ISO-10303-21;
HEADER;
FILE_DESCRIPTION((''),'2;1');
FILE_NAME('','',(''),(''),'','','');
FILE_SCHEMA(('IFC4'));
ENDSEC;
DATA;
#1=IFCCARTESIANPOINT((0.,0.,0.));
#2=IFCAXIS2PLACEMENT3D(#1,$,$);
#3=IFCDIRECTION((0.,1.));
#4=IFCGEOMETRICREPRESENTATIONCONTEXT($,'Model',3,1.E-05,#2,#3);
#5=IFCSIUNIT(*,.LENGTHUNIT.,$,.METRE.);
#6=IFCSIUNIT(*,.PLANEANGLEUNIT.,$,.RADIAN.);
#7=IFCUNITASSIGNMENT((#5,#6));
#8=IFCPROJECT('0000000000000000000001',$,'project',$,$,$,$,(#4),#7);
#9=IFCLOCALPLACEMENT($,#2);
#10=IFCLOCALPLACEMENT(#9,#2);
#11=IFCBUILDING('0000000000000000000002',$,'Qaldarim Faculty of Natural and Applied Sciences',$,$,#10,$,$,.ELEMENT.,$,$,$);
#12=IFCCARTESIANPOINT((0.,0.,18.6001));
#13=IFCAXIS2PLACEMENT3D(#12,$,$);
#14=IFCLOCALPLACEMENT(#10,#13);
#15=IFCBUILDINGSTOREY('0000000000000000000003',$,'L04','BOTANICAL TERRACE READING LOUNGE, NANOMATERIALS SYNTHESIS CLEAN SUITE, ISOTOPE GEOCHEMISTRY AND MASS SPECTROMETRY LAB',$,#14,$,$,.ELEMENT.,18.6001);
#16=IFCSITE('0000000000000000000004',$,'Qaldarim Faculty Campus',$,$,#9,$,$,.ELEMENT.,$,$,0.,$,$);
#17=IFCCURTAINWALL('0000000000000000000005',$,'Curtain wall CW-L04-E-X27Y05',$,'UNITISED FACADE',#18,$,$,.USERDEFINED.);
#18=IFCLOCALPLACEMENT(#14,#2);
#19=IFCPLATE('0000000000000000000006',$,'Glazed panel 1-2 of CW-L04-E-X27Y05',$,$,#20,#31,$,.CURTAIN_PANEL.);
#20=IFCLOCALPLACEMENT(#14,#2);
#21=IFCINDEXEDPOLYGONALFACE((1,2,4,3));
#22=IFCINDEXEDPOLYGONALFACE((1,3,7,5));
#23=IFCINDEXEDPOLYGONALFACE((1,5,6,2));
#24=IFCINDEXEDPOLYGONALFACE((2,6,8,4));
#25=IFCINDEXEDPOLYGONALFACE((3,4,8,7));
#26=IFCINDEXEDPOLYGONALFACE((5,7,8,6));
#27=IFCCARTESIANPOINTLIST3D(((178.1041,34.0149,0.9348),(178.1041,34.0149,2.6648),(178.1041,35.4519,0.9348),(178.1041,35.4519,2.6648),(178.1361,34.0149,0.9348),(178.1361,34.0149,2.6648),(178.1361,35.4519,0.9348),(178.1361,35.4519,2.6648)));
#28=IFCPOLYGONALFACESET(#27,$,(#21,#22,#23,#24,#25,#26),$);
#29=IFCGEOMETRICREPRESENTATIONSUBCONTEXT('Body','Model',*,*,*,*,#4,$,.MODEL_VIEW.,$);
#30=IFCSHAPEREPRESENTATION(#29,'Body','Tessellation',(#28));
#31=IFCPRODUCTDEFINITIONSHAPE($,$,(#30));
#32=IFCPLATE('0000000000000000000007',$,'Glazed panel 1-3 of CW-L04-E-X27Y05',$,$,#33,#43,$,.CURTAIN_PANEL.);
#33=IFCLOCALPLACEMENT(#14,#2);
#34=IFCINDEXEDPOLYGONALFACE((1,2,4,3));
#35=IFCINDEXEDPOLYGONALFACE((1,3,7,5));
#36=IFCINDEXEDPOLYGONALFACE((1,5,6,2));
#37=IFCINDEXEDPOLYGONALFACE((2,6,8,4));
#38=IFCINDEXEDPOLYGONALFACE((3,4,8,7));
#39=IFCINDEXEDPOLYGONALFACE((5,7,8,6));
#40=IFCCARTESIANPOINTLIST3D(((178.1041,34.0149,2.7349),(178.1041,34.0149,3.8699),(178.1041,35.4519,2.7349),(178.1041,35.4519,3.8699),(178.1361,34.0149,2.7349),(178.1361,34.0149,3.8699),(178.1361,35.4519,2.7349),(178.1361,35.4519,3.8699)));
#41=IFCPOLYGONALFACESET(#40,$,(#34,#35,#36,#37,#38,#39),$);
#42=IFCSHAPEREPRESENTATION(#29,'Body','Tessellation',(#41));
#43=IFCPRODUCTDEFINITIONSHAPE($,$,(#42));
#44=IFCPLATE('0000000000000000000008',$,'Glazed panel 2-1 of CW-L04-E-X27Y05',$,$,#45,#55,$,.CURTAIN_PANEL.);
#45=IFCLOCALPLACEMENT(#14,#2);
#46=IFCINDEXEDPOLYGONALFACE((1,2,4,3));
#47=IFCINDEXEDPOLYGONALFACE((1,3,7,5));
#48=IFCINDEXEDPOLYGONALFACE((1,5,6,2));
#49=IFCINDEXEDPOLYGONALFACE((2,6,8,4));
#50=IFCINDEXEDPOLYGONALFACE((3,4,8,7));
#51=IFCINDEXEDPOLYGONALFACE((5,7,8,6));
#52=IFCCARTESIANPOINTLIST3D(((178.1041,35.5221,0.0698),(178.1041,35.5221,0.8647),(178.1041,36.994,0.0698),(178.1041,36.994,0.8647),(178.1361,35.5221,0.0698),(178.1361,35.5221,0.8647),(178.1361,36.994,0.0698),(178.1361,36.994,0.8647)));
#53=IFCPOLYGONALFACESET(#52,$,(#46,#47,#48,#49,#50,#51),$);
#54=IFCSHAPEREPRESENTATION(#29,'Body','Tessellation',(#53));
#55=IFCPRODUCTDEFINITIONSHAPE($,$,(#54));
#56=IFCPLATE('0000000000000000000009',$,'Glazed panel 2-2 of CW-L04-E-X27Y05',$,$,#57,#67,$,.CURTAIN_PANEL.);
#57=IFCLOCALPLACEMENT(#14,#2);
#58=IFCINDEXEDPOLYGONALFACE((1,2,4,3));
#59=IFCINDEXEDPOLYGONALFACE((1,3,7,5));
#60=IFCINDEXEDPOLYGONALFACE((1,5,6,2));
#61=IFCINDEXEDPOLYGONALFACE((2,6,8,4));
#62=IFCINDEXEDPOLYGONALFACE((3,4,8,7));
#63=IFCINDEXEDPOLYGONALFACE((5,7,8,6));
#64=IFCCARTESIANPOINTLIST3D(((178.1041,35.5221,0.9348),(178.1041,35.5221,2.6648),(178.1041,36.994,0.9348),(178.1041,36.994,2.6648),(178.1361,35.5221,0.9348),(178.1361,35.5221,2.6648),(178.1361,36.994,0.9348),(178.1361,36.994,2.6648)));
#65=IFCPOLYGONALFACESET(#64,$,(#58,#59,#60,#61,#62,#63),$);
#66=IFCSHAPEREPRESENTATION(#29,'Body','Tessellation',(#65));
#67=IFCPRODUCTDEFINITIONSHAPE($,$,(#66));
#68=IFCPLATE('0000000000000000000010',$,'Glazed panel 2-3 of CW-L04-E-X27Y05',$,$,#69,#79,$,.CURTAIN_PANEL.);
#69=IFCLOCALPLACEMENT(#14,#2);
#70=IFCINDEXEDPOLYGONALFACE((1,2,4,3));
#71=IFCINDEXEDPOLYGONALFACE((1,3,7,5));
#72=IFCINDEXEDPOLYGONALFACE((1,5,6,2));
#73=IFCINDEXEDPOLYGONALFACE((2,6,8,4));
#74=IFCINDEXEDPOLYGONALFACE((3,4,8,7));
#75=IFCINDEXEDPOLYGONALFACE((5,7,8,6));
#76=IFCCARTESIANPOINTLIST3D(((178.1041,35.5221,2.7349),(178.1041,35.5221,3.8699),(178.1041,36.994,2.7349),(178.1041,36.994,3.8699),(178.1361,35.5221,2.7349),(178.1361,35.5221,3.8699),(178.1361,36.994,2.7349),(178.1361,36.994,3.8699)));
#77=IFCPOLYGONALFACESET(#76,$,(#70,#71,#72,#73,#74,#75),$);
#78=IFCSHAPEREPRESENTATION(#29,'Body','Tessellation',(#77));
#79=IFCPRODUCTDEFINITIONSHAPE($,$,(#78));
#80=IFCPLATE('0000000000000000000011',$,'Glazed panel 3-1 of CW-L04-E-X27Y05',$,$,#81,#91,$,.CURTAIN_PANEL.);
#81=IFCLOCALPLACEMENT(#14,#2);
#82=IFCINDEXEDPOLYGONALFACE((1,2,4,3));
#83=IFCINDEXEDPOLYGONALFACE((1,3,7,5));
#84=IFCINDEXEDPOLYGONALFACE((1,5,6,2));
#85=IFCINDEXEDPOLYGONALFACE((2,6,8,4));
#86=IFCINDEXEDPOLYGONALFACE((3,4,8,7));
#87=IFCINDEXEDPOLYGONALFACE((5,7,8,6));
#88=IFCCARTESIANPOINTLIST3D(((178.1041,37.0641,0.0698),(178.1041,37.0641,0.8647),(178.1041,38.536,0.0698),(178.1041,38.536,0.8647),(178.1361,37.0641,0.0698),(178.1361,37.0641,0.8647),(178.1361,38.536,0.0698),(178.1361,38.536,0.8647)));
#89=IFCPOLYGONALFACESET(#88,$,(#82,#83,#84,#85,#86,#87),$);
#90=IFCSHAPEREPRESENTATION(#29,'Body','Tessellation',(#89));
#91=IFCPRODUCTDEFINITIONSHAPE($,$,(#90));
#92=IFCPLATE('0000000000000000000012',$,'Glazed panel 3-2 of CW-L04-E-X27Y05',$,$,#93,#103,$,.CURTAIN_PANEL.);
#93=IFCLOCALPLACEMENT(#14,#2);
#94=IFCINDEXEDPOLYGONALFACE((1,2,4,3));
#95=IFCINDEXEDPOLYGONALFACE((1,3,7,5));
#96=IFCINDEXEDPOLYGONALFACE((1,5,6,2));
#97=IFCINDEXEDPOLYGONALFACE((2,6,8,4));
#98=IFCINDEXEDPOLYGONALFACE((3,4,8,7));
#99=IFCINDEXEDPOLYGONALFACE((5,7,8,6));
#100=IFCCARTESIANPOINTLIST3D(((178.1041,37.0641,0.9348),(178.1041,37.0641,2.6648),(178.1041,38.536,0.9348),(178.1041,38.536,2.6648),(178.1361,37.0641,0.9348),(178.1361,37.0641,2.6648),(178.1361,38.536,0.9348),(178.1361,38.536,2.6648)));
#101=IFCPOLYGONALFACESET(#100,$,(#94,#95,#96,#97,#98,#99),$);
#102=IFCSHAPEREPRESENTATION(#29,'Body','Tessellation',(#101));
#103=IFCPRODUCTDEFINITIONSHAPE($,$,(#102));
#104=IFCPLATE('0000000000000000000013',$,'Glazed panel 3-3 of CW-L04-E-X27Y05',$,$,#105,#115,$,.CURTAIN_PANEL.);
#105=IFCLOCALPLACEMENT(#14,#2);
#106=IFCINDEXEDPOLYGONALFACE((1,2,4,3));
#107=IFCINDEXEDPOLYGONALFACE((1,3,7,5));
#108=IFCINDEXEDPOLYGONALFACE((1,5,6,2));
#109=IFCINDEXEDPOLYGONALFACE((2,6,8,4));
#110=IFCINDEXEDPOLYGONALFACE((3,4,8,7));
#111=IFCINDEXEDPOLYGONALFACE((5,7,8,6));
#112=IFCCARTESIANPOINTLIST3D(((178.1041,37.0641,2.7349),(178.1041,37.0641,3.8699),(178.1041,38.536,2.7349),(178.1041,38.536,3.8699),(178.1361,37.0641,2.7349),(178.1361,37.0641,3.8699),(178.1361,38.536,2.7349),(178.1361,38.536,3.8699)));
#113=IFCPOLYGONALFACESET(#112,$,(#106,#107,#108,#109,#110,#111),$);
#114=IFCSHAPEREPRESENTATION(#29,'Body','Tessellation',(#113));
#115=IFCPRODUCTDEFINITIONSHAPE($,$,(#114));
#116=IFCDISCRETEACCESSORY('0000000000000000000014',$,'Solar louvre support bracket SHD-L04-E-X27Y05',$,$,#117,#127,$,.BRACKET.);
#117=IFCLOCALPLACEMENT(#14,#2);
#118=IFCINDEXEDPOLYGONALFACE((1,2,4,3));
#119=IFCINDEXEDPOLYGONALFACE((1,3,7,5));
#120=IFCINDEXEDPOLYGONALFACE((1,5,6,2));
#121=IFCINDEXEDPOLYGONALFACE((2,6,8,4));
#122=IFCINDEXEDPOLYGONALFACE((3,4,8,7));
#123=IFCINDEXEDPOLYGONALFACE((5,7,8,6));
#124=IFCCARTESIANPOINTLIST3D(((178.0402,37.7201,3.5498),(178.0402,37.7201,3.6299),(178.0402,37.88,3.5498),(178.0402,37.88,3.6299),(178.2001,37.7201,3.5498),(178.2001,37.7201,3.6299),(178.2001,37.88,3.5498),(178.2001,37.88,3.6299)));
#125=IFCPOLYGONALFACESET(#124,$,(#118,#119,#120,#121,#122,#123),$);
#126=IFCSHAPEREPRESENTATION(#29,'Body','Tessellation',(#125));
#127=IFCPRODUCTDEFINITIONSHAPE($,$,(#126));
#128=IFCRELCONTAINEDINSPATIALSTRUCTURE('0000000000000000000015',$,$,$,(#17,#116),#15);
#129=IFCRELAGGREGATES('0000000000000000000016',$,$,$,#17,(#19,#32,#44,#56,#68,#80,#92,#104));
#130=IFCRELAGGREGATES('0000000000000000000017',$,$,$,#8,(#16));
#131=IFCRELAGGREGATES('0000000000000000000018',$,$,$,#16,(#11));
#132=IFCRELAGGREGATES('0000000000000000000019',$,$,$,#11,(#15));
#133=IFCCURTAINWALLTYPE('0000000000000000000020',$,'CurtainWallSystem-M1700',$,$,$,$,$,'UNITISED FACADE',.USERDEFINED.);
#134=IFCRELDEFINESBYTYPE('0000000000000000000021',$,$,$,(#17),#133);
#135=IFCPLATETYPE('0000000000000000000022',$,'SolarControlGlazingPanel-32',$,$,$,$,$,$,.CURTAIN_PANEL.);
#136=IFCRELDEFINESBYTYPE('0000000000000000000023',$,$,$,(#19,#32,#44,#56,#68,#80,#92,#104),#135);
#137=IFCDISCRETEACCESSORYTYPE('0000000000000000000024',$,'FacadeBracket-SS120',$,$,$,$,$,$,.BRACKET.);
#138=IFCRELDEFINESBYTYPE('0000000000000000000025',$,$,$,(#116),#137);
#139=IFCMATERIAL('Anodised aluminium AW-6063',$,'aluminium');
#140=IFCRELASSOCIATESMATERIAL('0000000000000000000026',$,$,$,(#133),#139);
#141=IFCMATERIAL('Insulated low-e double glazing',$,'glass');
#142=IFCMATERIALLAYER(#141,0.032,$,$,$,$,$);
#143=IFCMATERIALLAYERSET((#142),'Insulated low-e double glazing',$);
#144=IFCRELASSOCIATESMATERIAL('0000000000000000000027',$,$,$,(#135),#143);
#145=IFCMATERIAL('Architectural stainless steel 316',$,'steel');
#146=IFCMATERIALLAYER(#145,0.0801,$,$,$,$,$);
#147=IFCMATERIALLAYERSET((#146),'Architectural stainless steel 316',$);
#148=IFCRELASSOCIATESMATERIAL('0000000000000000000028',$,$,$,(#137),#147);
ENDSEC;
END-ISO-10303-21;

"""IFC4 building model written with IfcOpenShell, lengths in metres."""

from ifc_helpers import new_model, si_unit, direction, frame, origin, origin_2d, place, context, subcontext, project, spatial, rectangle, extrude, material, layer, layer_set, type_object, element, aggregate, save


model = new_model("IFC4")

# Units and contexts
model_context = context("Model", 3, precision=1e-05, world=origin(), true_north=direction((0.0, 1.0)))
body_context = subcontext(model_context, "Body", "Model", "MODEL_VIEW")
ifc_project = project(units=[si_unit("LENGTHUNIT", "METRE"), si_unit("PLANEANGLEUNIT", "RADIAN")], contexts=[model_context])

# Site, building, storey
site_placement = place(None, origin())
site = spatial("IfcSite", under=ifc_project, at=site_placement, Name="Qaldarim Faculty Campus", CompositionType="ELEMENT", RefElevation=0.0)
building_placement = place(site_placement, origin())
building = spatial("IfcBuilding", under=site, at=building_placement, Name="Qaldarim Faculty of Natural and Applied Sciences", CompositionType="ELEMENT")
storey_placement = place(building_placement, frame((0.0, 0.0, 18.6001)))
storey = spatial("IfcBuildingStorey", under=building, at=storey_placement, Name="L04", Description="BOTANICAL TERRACE READING LOUNGE, NANOMATERIALS SYNTHESIS CLEAN SUITE, ISOTOPE GEOCHEMISTRY AND MASS SPECTROMETRY LAB", CompositionType="ELEMENT", Elevation=18.6001)

# Curtain wall, plates
ifc_material_1 = material(Name="Anodised aluminium AW-6063", Category="aluminium")
curtain_wall_type = type_object("IfcCurtainWallType", Name="CurtainWallSystem-M1700", ElementType="UNITISED FACADE", PredefinedType="USERDEFINED", material=ifc_material_1)
curtain_wall_placement = place(storey_placement, origin())
curtain_wall = element("IfcCurtainWall", 1, at=curtain_wall_placement, inside=storey, type_object=curtain_wall_type, Name="Curtain wall CW-L04-E-X27Y05", ObjectType="UNITISED FACADE", PredefinedType="USERDEFINED")
ifc_material_2 = material(Name="Insulated low-e double glazing", Category="glass")
ifc_layer_1 = layer(ifc_material_2, 0.032)
ifc_layer_set_1 = layer_set([ifc_layer_1], Name="Insulated low-e double glazing")
plate_type = type_object("IfcPlateType", Name="SolarControlGlazingPanel-32", PredefinedType="CURTAIN_PANEL", material=ifc_layer_set_1)
plate_1_placement = place(storey_placement, frame((178.1201, 34.7334, 0.9348), z_axis=(0.0, 0.0, 1.0), x_axis=(0.0, 1.0, 0.0)))
plate_1 = element("IfcPlate", 2, at=plate_1_placement, type_object=plate_type, Name="Glazed panel 1-2 of CW-L04-E-X27Y05", PredefinedType="CURTAIN_PANEL", context=body_context, shape_type="SweptSolid", body=[
    extrude(rectangle(XDim=1.437, YDim=0.032, at=origin_2d()), origin(), (0.0, 0.0, 1.0), 1.73),
])
plate_2_placement = place(storey_placement, frame((178.1201, 34.7334, 2.7349), z_axis=(0.0, 0.0, 1.0), x_axis=(0.0, 1.0, 0.0)))
plate_2 = element("IfcPlate", 3, at=plate_2_placement, type_object=plate_type, Name="Glazed panel 1-3 of CW-L04-E-X27Y05", PredefinedType="CURTAIN_PANEL", context=body_context, shape_type="SweptSolid", body=[
    extrude(rectangle(XDim=1.437, YDim=0.032, at=origin_2d()), origin(), (0.0, 0.0, 1.0), 1.135),
])
plate_3_placement = place(storey_placement, frame((178.1201, 36.2581, 0.0698), z_axis=(0.0, 0.0, 1.0), x_axis=(0.0, 1.0, 0.0)))
plate_3 = element("IfcPlate", 4, at=plate_3_placement, type_object=plate_type, Name="Glazed panel 2-1 of CW-L04-E-X27Y05", PredefinedType="CURTAIN_PANEL", context=body_context, shape_type="SweptSolid", body=[
    extrude(rectangle(XDim=1.4719, YDim=0.032, at=origin_2d()), origin(), (0.0, 0.0, 1.0), 0.7949),
])
plate_4_placement = place(storey_placement, frame((178.1201, 36.2581, 0.9348), z_axis=(0.0, 0.0, 1.0), x_axis=(0.0, 1.0, 0.0)))
plate_4 = element("IfcPlate", 5, at=plate_4_placement, type_object=plate_type, Name="Glazed panel 2-2 of CW-L04-E-X27Y05", PredefinedType="CURTAIN_PANEL", context=body_context, shape_type="SweptSolid", body=[
    extrude(rectangle(XDim=1.4719, YDim=0.032, at=origin_2d()), origin(), (0.0, 0.0, 1.0), 1.73),
])
plate_5_placement = place(storey_placement, frame((178.1201, 36.2581, 2.7349), z_axis=(0.0, 0.0, 1.0), x_axis=(0.0, 1.0, 0.0)))
plate_5 = element("IfcPlate", 6, at=plate_5_placement, type_object=plate_type, Name="Glazed panel 2-3 of CW-L04-E-X27Y05", PredefinedType="CURTAIN_PANEL", context=body_context, shape_type="SweptSolid", body=[
    extrude(rectangle(XDim=1.4719, YDim=0.032, at=origin_2d()), origin(), (0.0, 0.0, 1.0), 1.135),
])
plate_6_placement = place(storey_placement, frame((178.1201, 37.8, 0.0698), z_axis=(0.0, 0.0, 1.0), x_axis=(0.0, 1.0, 0.0)))
plate_6 = element("IfcPlate", 7, at=plate_6_placement, type_object=plate_type, Name="Glazed panel 3-1 of CW-L04-E-X27Y05", PredefinedType="CURTAIN_PANEL", context=body_context, shape_type="SweptSolid", body=[
    extrude(rectangle(XDim=1.4719, YDim=0.032, at=origin_2d()), origin(), (0.0, 0.0, 1.0), 0.7949),
])
plate_7_placement = place(storey_placement, frame((178.1201, 37.8, 0.9348), z_axis=(0.0, 0.0, 1.0), x_axis=(0.0, 1.0, 0.0)))
plate_7 = element("IfcPlate", 8, at=plate_7_placement, type_object=plate_type, Name="Glazed panel 3-2 of CW-L04-E-X27Y05", PredefinedType="CURTAIN_PANEL", context=body_context, shape_type="SweptSolid", body=[
    extrude(rectangle(XDim=1.4719, YDim=0.032, at=origin_2d()), origin(), (0.0, 0.0, 1.0), 1.73),
])
plate_8_placement = place(storey_placement, frame((178.1201, 37.8, 2.7349), z_axis=(0.0, 0.0, 1.0), x_axis=(0.0, 1.0, 0.0)))
plate_8 = element("IfcPlate", 9, at=plate_8_placement, type_object=plate_type, Name="Glazed panel 3-3 of CW-L04-E-X27Y05", PredefinedType="CURTAIN_PANEL", context=body_context, shape_type="SweptSolid", body=[
    extrude(rectangle(XDim=1.4719, YDim=0.032, at=origin_2d()), origin(), (0.0, 0.0, 1.0), 1.135),
])
aggregate(curtain_wall, [plate_1, plate_2, plate_3, plate_4, plate_5, plate_6, plate_7, plate_8])

# Discrete accessory
ifc_material_3 = material(Name="Architectural stainless steel 316", Category="steel")
ifc_layer_2 = layer(ifc_material_3, 0.0801)
ifc_layer_set_2 = layer_set([ifc_layer_2], Name="Architectural stainless steel 316")
discrete_accessory_type = type_object("IfcDiscreteAccessoryType", Name="FacadeBracket-SS120", PredefinedType="BRACKET", material=ifc_layer_set_2)
discrete_accessory_placement = place(storey_placement, frame((178.1201, 37.8, 3.5498), z_axis=(0.0, 0.0, 1.0), x_axis=(0.0, 1.0, 0.0)))
element("IfcDiscreteAccessory", 10, at=discrete_accessory_placement, inside=storey, type_object=discrete_accessory_type, Name="Solar louvre support bracket SHD-L04-E-X27Y05", PredefinedType="BRACKET", context=body_context, shape_type="SweptSolid", body=[
    extrude(rectangle(XDim=0.1599, YDim=0.1599, at=origin_2d()), origin(), (0.0, 0.0, 1.0), 0.0801),
])

save(model, "model.ifc")
